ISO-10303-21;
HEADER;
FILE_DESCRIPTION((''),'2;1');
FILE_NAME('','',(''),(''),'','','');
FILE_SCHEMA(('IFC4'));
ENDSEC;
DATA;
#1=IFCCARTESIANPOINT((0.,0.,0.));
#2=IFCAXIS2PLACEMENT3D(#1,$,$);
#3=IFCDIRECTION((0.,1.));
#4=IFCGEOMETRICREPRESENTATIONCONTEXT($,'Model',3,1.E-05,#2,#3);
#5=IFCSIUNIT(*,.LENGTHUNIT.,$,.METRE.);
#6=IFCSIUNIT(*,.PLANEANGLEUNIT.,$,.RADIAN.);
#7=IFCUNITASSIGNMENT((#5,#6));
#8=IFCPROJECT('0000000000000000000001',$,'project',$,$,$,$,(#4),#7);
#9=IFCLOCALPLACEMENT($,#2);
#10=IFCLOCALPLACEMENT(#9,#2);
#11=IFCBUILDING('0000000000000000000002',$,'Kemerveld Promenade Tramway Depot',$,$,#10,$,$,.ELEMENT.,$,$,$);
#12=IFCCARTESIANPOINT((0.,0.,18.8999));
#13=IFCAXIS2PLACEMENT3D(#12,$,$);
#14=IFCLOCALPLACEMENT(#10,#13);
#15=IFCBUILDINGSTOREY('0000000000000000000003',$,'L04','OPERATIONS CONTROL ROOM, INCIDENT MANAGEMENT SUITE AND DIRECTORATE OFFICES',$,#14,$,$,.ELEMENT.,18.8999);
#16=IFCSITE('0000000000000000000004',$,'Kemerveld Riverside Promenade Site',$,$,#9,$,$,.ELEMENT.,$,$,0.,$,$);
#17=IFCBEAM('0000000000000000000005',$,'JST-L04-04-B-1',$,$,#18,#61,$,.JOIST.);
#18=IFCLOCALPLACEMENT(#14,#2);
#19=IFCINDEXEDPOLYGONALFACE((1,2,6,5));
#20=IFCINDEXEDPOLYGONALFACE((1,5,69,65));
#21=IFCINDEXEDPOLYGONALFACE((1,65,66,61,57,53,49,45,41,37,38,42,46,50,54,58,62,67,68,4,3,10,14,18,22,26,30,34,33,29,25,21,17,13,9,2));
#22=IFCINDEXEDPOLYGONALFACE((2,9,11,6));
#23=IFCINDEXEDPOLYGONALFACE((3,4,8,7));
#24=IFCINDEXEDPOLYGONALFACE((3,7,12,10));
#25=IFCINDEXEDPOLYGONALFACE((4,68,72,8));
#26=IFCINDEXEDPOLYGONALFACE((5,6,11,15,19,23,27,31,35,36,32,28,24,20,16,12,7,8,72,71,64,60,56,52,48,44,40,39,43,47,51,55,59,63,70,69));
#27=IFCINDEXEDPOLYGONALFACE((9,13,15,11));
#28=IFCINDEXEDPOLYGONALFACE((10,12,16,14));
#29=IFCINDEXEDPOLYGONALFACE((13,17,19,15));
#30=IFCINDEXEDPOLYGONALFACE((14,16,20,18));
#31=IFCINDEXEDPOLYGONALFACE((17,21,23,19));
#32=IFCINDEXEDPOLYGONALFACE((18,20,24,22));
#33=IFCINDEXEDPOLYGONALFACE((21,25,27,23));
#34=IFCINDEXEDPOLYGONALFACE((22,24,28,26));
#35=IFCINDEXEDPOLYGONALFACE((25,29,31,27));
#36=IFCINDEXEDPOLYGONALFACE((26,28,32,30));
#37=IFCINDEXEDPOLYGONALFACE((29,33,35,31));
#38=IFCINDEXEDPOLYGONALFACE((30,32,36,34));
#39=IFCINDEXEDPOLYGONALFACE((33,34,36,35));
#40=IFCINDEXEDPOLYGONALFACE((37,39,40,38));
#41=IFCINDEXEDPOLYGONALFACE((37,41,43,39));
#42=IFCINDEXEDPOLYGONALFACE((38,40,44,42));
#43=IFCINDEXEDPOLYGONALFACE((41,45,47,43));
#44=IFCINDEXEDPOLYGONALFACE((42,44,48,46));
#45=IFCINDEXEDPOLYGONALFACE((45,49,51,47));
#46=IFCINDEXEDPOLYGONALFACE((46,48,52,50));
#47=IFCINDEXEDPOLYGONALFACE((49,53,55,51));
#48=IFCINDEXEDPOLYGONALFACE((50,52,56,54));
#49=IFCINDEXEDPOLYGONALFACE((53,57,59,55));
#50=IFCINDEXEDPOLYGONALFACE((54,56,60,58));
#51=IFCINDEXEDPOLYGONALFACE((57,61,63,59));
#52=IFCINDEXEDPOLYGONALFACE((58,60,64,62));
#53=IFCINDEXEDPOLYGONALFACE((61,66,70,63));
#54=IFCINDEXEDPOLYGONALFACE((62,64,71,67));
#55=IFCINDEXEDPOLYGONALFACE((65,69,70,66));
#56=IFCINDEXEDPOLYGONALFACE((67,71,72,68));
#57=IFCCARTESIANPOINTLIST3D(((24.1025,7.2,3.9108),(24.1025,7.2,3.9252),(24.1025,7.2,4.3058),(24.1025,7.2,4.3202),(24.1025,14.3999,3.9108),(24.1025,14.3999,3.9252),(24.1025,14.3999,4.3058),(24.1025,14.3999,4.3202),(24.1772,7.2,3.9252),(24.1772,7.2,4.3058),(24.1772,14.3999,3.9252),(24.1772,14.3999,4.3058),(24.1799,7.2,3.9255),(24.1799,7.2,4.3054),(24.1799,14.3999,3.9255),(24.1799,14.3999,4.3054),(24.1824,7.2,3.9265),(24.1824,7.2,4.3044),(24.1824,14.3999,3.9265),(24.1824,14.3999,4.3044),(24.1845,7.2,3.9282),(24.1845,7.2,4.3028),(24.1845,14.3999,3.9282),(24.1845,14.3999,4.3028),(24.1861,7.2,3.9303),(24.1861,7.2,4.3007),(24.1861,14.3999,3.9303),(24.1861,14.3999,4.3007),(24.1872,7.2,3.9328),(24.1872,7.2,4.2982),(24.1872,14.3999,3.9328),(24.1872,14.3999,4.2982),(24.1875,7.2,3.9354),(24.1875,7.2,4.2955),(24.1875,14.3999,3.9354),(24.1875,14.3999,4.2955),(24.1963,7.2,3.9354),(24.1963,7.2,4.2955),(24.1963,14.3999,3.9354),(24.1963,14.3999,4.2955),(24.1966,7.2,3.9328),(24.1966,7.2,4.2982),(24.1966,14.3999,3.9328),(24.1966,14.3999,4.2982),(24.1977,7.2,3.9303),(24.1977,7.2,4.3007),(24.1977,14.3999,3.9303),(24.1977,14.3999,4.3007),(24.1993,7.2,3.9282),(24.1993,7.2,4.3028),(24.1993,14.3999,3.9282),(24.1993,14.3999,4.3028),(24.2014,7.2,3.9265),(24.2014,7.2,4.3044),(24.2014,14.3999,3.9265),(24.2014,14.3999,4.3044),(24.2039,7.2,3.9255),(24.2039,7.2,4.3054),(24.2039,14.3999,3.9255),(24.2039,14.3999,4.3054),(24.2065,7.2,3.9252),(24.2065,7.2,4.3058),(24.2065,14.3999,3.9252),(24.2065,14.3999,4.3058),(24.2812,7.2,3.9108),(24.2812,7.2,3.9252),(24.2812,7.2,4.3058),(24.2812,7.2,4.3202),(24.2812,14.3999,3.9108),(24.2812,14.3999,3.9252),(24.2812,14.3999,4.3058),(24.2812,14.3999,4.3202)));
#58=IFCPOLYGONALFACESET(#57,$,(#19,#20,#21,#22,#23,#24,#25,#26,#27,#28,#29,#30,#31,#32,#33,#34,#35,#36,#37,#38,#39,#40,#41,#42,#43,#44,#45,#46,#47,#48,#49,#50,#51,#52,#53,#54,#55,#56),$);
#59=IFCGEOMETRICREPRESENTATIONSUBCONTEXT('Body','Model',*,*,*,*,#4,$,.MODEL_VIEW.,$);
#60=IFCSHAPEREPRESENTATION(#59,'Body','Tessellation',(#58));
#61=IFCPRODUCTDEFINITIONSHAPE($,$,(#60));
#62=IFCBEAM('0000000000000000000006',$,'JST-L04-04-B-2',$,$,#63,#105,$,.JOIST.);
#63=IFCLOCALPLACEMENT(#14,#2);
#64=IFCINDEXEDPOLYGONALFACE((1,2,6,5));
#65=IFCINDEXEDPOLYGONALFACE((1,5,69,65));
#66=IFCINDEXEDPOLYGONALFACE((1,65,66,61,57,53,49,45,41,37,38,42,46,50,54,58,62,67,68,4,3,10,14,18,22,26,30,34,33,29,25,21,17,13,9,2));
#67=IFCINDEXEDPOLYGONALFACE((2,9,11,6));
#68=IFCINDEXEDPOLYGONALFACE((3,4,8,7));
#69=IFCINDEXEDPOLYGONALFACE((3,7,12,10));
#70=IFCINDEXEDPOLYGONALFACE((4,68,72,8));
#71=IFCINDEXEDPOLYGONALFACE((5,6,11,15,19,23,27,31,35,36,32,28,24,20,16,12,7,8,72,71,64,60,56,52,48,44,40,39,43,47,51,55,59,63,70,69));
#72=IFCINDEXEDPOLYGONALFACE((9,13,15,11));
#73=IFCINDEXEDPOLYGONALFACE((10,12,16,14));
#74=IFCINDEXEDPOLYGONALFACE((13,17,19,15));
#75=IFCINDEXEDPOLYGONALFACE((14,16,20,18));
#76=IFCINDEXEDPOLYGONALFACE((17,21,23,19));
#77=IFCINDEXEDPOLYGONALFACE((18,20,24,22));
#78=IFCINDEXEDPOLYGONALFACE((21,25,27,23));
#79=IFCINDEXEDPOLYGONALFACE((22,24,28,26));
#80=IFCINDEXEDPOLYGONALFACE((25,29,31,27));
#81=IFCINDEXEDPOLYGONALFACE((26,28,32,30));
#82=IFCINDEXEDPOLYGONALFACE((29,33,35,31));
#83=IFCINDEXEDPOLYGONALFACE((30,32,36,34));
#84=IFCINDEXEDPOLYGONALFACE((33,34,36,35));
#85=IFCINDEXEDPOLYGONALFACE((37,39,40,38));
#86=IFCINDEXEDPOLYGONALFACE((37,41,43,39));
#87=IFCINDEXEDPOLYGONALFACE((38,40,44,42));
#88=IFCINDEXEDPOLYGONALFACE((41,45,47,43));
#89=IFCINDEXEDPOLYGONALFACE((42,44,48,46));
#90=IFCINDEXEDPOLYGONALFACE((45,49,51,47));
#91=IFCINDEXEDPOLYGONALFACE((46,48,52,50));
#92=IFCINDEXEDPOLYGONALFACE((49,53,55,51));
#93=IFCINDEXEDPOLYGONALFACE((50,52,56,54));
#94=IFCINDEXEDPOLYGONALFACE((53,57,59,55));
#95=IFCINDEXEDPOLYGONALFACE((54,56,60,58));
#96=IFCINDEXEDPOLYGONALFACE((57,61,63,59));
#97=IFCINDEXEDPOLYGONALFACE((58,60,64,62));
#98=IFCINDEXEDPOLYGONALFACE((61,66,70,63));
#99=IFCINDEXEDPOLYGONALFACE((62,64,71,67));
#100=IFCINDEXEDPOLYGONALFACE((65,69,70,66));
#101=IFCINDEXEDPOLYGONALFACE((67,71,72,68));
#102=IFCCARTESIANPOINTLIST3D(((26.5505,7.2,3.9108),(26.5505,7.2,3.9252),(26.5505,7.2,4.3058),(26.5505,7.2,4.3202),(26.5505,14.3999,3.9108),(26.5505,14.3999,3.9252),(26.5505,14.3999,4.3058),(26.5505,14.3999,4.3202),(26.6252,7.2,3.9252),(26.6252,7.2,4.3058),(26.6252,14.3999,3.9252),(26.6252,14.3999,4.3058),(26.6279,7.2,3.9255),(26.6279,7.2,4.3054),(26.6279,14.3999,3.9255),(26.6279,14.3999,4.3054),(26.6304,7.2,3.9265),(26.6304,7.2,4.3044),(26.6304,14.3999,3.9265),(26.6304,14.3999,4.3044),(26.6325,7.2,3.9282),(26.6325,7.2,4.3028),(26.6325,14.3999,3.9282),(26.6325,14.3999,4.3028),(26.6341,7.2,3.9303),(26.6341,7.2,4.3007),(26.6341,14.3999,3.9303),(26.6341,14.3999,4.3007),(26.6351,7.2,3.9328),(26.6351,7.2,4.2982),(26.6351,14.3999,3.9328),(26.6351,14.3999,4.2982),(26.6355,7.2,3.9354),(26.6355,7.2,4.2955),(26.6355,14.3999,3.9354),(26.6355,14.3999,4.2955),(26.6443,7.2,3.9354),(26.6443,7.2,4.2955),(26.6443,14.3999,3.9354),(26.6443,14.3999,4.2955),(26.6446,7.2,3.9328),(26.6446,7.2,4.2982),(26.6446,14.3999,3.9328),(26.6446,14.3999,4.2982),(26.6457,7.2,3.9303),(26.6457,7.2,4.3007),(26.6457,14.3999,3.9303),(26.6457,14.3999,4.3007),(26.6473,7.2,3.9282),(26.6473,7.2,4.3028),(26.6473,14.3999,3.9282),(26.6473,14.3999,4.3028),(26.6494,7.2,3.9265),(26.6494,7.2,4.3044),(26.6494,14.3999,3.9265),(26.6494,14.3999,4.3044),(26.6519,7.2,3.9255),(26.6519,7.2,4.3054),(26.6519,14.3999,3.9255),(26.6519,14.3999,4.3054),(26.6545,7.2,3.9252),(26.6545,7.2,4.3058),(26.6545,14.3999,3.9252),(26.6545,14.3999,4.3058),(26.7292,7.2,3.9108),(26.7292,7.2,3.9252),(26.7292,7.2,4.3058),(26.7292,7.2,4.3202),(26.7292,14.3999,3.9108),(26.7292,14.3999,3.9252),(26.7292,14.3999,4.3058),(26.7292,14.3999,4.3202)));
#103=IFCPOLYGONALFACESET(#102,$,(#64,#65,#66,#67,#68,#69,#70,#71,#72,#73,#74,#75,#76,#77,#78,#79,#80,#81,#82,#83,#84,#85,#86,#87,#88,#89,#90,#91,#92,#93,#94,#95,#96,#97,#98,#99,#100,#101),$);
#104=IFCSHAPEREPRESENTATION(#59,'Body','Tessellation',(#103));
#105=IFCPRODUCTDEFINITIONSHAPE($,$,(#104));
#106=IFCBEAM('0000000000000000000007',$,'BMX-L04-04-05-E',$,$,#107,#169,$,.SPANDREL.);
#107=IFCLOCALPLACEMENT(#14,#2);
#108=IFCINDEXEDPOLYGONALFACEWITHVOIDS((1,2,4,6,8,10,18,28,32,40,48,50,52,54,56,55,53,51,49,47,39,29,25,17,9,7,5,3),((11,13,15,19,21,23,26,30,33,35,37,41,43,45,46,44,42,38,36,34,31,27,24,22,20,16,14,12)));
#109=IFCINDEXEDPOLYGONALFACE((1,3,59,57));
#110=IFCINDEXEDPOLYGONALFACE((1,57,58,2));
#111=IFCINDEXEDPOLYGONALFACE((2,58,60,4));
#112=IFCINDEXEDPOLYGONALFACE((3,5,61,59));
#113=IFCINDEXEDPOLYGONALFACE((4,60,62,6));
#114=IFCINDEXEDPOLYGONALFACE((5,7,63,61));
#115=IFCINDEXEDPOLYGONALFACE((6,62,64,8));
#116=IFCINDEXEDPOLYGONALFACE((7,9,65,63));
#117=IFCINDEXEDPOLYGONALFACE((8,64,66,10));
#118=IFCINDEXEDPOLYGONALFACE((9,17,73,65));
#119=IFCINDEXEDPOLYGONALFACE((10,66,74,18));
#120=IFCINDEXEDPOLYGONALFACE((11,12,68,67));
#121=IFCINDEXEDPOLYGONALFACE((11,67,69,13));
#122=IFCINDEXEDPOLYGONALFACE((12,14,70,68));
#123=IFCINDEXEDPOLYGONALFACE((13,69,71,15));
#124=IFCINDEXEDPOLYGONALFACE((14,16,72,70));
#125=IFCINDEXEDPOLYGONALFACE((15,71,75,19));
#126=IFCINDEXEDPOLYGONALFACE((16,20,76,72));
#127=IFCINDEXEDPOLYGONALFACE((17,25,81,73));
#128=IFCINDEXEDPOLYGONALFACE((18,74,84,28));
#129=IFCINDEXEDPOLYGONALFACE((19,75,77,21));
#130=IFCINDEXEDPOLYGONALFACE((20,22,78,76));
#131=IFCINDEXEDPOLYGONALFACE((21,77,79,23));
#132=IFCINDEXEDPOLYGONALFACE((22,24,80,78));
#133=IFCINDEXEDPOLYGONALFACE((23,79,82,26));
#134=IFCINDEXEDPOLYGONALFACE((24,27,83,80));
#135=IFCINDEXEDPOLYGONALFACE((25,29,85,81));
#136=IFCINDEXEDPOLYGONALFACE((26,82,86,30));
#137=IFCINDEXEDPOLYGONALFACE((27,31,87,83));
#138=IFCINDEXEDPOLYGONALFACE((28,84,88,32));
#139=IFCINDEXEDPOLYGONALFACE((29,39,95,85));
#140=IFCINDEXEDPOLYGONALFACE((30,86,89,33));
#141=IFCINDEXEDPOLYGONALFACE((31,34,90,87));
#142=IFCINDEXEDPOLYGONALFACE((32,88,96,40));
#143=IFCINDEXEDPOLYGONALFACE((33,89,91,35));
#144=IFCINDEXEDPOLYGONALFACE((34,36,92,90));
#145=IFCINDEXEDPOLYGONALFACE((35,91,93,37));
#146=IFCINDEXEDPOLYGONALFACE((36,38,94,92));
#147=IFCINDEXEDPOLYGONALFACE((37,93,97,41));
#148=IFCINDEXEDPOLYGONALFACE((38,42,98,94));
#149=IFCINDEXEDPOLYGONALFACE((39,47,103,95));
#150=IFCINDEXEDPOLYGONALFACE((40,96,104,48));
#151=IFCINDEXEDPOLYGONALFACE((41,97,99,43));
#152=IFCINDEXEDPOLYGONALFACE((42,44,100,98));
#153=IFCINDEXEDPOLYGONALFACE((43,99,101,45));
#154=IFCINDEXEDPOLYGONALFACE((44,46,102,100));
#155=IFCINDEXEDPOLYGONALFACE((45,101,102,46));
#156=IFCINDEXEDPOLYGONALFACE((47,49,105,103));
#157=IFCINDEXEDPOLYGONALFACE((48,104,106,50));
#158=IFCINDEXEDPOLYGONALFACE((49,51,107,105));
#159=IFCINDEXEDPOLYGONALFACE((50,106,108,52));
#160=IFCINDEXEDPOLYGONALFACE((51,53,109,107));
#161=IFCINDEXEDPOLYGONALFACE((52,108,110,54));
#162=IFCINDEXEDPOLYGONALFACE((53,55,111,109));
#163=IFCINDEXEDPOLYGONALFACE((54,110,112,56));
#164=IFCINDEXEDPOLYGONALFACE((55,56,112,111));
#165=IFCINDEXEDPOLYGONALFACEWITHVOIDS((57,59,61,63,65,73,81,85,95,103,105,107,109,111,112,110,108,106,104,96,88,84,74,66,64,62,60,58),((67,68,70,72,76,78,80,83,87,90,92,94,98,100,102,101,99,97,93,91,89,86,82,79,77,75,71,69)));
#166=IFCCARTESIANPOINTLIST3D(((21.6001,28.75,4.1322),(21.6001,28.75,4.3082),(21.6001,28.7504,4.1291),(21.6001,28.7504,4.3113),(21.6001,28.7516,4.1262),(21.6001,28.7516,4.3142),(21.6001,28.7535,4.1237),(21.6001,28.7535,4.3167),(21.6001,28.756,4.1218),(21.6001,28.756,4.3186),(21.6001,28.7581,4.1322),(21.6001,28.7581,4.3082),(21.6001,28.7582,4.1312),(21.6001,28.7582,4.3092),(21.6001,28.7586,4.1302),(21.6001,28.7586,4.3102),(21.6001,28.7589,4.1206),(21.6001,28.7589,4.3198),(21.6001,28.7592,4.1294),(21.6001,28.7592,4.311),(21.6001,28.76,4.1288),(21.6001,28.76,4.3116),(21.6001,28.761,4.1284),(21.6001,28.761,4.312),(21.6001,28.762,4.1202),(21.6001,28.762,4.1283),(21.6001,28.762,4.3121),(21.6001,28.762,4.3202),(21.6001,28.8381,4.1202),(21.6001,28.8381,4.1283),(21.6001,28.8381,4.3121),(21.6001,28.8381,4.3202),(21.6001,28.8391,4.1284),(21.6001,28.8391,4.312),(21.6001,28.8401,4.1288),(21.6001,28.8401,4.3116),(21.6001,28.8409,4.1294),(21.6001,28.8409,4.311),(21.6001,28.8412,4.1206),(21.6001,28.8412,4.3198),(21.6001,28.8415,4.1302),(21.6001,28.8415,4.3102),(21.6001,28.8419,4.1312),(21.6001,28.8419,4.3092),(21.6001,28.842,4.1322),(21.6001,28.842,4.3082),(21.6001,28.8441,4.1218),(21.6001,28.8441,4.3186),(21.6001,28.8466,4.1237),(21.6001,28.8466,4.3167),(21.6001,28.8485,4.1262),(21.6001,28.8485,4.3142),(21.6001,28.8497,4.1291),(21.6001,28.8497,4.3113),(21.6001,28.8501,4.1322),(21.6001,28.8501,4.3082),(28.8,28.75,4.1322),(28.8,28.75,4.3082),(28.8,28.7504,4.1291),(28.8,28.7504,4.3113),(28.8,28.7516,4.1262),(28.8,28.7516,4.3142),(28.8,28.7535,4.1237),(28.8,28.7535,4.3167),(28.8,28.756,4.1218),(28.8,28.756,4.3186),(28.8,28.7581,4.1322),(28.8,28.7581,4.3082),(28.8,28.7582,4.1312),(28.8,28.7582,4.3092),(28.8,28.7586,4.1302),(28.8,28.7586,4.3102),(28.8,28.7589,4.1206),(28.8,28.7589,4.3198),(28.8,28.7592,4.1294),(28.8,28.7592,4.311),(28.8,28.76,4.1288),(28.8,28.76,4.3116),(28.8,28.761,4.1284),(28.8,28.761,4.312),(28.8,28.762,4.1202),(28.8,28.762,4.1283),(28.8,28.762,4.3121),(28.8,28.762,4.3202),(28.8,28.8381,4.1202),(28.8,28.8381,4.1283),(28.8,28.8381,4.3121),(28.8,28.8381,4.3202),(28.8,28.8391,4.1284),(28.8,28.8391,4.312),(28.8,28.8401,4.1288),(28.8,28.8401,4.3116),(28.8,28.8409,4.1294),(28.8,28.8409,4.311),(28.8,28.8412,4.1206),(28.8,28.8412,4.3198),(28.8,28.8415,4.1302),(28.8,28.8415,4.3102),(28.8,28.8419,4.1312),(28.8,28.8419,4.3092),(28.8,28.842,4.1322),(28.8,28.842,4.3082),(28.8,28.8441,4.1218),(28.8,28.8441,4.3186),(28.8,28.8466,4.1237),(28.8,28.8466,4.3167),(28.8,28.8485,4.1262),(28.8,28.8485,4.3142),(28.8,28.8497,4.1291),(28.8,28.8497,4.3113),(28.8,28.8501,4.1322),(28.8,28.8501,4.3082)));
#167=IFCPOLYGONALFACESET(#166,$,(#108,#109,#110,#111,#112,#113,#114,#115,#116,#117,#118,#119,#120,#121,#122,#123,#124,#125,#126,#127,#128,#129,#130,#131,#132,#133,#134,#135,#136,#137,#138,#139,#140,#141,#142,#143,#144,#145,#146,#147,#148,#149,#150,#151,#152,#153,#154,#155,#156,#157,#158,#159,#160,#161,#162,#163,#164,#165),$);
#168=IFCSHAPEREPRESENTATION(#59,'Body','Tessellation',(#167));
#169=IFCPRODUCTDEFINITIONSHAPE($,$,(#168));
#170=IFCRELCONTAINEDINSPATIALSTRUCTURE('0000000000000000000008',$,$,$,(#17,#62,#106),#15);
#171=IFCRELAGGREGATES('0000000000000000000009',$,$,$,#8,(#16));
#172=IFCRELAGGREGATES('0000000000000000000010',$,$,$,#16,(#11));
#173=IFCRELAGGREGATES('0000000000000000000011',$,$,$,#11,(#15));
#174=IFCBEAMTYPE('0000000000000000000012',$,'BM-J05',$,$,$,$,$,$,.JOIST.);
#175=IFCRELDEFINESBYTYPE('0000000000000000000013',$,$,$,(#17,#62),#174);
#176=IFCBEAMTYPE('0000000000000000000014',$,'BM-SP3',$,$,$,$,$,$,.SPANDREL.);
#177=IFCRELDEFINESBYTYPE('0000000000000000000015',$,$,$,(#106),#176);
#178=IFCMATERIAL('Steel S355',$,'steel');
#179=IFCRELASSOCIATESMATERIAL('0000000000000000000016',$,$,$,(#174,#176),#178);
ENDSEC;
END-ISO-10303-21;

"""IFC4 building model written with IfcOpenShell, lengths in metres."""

from ifc_helpers import new_model, si_unit, direction, frame, origin, origin_2d, place, context, subcontext, project, spatial, hollow_rectangle, i_section, extrude, material, material_profile, profile_set, type_object, element, save


model = new_model("IFC4")

# Units and contexts
model_context = context("Model", 3, precision=1e-05, world=origin(), true_north=direction((0.0, 1.0)))
body_context = subcontext(model_context, "Body", "Model", "MODEL_VIEW")
ifc_project = project(units=[si_unit("LENGTHUNIT", "METRE"), si_unit("PLANEANGLEUNIT", "RADIAN")], contexts=[model_context])

# Site, building, storey
site_placement = place(None, origin())
site = spatial("IfcSite", under=ifc_project, at=site_placement, Name="Kemerveld Riverside Promenade Site", CompositionType="ELEMENT", RefElevation=0.0)
building_placement = place(site_placement, origin())
building = spatial("IfcBuilding", under=site, at=building_placement, Name="Kemerveld Promenade Tramway Depot", CompositionType="ELEMENT")
storey_placement = place(building_placement, frame((0.0, 0.0, 18.8999)))
storey = spatial("IfcBuildingStorey", under=building, at=storey_placement, Name="L04", Description="OPERATIONS CONTROL ROOM, INCIDENT MANAGEMENT SUITE AND DIRECTORATE OFFICES", CompositionType="ELEMENT", Elevation=18.8999)

# Shared definitions
ifc_material = material(Name="Steel S355", Category="steel")

# Beams
ifc_material_profile_1 = material_profile(ifc_material, i_section(OverallWidth=0.1787, OverallDepth=0.4094, WebThickness=0.0088, FlangeThickness=0.0144, FilletRadius=0.0103, at=origin_2d()), Name="406x178x67 UB")
ifc_profile_set_1 = profile_set([ifc_material_profile_1], Name="Steel S355")
beam_type_1 = type_object("IfcBeamType", Name="BM-J05", PredefinedType="JOIST", material=ifc_profile_set_1)
for number, where, z_axis, x_axis, name in (
    (1, (24.1919, 7.2, 4.1155), (0.0, 1.0, 0.0), (-1.0, 0.0, 0.0), "JST-L04-04-B-1"),
    (2, (26.6399, 7.2, 4.1155), (0.0, 1.0, 0.0), (-1.0, 0.0, 0.0), "JST-L04-04-B-2"),
):
    element("IfcBeam", number, at=place(storey_placement, frame(where, z_axis=z_axis, x_axis=x_axis)), inside=storey, type_object=beam_type_1, Name=name, PredefinedType="JOIST", context=body_context, shape_type="SweptSolid", body=[
        extrude(i_section(OverallWidth=0.1787, OverallDepth=0.4094, WebThickness=0.0088, FlangeThickness=0.0144, FilletRadius=0.0103, at=origin_2d()), origin(), (0.0, 0.0, 1.0), 7.2),
    ])
ifc_material_profile_2 = material_profile(ifc_material, hollow_rectangle(XDim=0.1001, YDim=0.2, WallThickness=0.0081, InnerFilletRadius=0.0039, OuterFilletRadius=0.012, at=origin_2d()), Name="200x100x8.0 RHS")
ifc_profile_set_2 = profile_set([ifc_material_profile_2], Name="Steel S355")
beam_type_2 = type_object("IfcBeamType", Name="BM-SP3", PredefinedType="SPANDREL", material=ifc_profile_set_2)
beam_1_placement = place(storey_placement, frame((21.6001, 28.8, 4.2202), z_axis=(1.0, 0.0, 0.0), x_axis=(0.0, 1.0, 0.0)))
element("IfcBeam", 3, at=beam_1_placement, inside=storey, type_object=beam_type_2, Name="BMX-L04-04-05-E", PredefinedType="SPANDREL", context=body_context, shape_type="SweptSolid", body=[
    extrude(hollow_rectangle(XDim=0.1001, YDim=0.2, WallThickness=0.0081, InnerFilletRadius=0.0039, OuterFilletRadius=0.012, at=origin_2d()), origin(), (0.0, 0.0, 1.0), 7.2),
])

save(model, "model.ifc")
